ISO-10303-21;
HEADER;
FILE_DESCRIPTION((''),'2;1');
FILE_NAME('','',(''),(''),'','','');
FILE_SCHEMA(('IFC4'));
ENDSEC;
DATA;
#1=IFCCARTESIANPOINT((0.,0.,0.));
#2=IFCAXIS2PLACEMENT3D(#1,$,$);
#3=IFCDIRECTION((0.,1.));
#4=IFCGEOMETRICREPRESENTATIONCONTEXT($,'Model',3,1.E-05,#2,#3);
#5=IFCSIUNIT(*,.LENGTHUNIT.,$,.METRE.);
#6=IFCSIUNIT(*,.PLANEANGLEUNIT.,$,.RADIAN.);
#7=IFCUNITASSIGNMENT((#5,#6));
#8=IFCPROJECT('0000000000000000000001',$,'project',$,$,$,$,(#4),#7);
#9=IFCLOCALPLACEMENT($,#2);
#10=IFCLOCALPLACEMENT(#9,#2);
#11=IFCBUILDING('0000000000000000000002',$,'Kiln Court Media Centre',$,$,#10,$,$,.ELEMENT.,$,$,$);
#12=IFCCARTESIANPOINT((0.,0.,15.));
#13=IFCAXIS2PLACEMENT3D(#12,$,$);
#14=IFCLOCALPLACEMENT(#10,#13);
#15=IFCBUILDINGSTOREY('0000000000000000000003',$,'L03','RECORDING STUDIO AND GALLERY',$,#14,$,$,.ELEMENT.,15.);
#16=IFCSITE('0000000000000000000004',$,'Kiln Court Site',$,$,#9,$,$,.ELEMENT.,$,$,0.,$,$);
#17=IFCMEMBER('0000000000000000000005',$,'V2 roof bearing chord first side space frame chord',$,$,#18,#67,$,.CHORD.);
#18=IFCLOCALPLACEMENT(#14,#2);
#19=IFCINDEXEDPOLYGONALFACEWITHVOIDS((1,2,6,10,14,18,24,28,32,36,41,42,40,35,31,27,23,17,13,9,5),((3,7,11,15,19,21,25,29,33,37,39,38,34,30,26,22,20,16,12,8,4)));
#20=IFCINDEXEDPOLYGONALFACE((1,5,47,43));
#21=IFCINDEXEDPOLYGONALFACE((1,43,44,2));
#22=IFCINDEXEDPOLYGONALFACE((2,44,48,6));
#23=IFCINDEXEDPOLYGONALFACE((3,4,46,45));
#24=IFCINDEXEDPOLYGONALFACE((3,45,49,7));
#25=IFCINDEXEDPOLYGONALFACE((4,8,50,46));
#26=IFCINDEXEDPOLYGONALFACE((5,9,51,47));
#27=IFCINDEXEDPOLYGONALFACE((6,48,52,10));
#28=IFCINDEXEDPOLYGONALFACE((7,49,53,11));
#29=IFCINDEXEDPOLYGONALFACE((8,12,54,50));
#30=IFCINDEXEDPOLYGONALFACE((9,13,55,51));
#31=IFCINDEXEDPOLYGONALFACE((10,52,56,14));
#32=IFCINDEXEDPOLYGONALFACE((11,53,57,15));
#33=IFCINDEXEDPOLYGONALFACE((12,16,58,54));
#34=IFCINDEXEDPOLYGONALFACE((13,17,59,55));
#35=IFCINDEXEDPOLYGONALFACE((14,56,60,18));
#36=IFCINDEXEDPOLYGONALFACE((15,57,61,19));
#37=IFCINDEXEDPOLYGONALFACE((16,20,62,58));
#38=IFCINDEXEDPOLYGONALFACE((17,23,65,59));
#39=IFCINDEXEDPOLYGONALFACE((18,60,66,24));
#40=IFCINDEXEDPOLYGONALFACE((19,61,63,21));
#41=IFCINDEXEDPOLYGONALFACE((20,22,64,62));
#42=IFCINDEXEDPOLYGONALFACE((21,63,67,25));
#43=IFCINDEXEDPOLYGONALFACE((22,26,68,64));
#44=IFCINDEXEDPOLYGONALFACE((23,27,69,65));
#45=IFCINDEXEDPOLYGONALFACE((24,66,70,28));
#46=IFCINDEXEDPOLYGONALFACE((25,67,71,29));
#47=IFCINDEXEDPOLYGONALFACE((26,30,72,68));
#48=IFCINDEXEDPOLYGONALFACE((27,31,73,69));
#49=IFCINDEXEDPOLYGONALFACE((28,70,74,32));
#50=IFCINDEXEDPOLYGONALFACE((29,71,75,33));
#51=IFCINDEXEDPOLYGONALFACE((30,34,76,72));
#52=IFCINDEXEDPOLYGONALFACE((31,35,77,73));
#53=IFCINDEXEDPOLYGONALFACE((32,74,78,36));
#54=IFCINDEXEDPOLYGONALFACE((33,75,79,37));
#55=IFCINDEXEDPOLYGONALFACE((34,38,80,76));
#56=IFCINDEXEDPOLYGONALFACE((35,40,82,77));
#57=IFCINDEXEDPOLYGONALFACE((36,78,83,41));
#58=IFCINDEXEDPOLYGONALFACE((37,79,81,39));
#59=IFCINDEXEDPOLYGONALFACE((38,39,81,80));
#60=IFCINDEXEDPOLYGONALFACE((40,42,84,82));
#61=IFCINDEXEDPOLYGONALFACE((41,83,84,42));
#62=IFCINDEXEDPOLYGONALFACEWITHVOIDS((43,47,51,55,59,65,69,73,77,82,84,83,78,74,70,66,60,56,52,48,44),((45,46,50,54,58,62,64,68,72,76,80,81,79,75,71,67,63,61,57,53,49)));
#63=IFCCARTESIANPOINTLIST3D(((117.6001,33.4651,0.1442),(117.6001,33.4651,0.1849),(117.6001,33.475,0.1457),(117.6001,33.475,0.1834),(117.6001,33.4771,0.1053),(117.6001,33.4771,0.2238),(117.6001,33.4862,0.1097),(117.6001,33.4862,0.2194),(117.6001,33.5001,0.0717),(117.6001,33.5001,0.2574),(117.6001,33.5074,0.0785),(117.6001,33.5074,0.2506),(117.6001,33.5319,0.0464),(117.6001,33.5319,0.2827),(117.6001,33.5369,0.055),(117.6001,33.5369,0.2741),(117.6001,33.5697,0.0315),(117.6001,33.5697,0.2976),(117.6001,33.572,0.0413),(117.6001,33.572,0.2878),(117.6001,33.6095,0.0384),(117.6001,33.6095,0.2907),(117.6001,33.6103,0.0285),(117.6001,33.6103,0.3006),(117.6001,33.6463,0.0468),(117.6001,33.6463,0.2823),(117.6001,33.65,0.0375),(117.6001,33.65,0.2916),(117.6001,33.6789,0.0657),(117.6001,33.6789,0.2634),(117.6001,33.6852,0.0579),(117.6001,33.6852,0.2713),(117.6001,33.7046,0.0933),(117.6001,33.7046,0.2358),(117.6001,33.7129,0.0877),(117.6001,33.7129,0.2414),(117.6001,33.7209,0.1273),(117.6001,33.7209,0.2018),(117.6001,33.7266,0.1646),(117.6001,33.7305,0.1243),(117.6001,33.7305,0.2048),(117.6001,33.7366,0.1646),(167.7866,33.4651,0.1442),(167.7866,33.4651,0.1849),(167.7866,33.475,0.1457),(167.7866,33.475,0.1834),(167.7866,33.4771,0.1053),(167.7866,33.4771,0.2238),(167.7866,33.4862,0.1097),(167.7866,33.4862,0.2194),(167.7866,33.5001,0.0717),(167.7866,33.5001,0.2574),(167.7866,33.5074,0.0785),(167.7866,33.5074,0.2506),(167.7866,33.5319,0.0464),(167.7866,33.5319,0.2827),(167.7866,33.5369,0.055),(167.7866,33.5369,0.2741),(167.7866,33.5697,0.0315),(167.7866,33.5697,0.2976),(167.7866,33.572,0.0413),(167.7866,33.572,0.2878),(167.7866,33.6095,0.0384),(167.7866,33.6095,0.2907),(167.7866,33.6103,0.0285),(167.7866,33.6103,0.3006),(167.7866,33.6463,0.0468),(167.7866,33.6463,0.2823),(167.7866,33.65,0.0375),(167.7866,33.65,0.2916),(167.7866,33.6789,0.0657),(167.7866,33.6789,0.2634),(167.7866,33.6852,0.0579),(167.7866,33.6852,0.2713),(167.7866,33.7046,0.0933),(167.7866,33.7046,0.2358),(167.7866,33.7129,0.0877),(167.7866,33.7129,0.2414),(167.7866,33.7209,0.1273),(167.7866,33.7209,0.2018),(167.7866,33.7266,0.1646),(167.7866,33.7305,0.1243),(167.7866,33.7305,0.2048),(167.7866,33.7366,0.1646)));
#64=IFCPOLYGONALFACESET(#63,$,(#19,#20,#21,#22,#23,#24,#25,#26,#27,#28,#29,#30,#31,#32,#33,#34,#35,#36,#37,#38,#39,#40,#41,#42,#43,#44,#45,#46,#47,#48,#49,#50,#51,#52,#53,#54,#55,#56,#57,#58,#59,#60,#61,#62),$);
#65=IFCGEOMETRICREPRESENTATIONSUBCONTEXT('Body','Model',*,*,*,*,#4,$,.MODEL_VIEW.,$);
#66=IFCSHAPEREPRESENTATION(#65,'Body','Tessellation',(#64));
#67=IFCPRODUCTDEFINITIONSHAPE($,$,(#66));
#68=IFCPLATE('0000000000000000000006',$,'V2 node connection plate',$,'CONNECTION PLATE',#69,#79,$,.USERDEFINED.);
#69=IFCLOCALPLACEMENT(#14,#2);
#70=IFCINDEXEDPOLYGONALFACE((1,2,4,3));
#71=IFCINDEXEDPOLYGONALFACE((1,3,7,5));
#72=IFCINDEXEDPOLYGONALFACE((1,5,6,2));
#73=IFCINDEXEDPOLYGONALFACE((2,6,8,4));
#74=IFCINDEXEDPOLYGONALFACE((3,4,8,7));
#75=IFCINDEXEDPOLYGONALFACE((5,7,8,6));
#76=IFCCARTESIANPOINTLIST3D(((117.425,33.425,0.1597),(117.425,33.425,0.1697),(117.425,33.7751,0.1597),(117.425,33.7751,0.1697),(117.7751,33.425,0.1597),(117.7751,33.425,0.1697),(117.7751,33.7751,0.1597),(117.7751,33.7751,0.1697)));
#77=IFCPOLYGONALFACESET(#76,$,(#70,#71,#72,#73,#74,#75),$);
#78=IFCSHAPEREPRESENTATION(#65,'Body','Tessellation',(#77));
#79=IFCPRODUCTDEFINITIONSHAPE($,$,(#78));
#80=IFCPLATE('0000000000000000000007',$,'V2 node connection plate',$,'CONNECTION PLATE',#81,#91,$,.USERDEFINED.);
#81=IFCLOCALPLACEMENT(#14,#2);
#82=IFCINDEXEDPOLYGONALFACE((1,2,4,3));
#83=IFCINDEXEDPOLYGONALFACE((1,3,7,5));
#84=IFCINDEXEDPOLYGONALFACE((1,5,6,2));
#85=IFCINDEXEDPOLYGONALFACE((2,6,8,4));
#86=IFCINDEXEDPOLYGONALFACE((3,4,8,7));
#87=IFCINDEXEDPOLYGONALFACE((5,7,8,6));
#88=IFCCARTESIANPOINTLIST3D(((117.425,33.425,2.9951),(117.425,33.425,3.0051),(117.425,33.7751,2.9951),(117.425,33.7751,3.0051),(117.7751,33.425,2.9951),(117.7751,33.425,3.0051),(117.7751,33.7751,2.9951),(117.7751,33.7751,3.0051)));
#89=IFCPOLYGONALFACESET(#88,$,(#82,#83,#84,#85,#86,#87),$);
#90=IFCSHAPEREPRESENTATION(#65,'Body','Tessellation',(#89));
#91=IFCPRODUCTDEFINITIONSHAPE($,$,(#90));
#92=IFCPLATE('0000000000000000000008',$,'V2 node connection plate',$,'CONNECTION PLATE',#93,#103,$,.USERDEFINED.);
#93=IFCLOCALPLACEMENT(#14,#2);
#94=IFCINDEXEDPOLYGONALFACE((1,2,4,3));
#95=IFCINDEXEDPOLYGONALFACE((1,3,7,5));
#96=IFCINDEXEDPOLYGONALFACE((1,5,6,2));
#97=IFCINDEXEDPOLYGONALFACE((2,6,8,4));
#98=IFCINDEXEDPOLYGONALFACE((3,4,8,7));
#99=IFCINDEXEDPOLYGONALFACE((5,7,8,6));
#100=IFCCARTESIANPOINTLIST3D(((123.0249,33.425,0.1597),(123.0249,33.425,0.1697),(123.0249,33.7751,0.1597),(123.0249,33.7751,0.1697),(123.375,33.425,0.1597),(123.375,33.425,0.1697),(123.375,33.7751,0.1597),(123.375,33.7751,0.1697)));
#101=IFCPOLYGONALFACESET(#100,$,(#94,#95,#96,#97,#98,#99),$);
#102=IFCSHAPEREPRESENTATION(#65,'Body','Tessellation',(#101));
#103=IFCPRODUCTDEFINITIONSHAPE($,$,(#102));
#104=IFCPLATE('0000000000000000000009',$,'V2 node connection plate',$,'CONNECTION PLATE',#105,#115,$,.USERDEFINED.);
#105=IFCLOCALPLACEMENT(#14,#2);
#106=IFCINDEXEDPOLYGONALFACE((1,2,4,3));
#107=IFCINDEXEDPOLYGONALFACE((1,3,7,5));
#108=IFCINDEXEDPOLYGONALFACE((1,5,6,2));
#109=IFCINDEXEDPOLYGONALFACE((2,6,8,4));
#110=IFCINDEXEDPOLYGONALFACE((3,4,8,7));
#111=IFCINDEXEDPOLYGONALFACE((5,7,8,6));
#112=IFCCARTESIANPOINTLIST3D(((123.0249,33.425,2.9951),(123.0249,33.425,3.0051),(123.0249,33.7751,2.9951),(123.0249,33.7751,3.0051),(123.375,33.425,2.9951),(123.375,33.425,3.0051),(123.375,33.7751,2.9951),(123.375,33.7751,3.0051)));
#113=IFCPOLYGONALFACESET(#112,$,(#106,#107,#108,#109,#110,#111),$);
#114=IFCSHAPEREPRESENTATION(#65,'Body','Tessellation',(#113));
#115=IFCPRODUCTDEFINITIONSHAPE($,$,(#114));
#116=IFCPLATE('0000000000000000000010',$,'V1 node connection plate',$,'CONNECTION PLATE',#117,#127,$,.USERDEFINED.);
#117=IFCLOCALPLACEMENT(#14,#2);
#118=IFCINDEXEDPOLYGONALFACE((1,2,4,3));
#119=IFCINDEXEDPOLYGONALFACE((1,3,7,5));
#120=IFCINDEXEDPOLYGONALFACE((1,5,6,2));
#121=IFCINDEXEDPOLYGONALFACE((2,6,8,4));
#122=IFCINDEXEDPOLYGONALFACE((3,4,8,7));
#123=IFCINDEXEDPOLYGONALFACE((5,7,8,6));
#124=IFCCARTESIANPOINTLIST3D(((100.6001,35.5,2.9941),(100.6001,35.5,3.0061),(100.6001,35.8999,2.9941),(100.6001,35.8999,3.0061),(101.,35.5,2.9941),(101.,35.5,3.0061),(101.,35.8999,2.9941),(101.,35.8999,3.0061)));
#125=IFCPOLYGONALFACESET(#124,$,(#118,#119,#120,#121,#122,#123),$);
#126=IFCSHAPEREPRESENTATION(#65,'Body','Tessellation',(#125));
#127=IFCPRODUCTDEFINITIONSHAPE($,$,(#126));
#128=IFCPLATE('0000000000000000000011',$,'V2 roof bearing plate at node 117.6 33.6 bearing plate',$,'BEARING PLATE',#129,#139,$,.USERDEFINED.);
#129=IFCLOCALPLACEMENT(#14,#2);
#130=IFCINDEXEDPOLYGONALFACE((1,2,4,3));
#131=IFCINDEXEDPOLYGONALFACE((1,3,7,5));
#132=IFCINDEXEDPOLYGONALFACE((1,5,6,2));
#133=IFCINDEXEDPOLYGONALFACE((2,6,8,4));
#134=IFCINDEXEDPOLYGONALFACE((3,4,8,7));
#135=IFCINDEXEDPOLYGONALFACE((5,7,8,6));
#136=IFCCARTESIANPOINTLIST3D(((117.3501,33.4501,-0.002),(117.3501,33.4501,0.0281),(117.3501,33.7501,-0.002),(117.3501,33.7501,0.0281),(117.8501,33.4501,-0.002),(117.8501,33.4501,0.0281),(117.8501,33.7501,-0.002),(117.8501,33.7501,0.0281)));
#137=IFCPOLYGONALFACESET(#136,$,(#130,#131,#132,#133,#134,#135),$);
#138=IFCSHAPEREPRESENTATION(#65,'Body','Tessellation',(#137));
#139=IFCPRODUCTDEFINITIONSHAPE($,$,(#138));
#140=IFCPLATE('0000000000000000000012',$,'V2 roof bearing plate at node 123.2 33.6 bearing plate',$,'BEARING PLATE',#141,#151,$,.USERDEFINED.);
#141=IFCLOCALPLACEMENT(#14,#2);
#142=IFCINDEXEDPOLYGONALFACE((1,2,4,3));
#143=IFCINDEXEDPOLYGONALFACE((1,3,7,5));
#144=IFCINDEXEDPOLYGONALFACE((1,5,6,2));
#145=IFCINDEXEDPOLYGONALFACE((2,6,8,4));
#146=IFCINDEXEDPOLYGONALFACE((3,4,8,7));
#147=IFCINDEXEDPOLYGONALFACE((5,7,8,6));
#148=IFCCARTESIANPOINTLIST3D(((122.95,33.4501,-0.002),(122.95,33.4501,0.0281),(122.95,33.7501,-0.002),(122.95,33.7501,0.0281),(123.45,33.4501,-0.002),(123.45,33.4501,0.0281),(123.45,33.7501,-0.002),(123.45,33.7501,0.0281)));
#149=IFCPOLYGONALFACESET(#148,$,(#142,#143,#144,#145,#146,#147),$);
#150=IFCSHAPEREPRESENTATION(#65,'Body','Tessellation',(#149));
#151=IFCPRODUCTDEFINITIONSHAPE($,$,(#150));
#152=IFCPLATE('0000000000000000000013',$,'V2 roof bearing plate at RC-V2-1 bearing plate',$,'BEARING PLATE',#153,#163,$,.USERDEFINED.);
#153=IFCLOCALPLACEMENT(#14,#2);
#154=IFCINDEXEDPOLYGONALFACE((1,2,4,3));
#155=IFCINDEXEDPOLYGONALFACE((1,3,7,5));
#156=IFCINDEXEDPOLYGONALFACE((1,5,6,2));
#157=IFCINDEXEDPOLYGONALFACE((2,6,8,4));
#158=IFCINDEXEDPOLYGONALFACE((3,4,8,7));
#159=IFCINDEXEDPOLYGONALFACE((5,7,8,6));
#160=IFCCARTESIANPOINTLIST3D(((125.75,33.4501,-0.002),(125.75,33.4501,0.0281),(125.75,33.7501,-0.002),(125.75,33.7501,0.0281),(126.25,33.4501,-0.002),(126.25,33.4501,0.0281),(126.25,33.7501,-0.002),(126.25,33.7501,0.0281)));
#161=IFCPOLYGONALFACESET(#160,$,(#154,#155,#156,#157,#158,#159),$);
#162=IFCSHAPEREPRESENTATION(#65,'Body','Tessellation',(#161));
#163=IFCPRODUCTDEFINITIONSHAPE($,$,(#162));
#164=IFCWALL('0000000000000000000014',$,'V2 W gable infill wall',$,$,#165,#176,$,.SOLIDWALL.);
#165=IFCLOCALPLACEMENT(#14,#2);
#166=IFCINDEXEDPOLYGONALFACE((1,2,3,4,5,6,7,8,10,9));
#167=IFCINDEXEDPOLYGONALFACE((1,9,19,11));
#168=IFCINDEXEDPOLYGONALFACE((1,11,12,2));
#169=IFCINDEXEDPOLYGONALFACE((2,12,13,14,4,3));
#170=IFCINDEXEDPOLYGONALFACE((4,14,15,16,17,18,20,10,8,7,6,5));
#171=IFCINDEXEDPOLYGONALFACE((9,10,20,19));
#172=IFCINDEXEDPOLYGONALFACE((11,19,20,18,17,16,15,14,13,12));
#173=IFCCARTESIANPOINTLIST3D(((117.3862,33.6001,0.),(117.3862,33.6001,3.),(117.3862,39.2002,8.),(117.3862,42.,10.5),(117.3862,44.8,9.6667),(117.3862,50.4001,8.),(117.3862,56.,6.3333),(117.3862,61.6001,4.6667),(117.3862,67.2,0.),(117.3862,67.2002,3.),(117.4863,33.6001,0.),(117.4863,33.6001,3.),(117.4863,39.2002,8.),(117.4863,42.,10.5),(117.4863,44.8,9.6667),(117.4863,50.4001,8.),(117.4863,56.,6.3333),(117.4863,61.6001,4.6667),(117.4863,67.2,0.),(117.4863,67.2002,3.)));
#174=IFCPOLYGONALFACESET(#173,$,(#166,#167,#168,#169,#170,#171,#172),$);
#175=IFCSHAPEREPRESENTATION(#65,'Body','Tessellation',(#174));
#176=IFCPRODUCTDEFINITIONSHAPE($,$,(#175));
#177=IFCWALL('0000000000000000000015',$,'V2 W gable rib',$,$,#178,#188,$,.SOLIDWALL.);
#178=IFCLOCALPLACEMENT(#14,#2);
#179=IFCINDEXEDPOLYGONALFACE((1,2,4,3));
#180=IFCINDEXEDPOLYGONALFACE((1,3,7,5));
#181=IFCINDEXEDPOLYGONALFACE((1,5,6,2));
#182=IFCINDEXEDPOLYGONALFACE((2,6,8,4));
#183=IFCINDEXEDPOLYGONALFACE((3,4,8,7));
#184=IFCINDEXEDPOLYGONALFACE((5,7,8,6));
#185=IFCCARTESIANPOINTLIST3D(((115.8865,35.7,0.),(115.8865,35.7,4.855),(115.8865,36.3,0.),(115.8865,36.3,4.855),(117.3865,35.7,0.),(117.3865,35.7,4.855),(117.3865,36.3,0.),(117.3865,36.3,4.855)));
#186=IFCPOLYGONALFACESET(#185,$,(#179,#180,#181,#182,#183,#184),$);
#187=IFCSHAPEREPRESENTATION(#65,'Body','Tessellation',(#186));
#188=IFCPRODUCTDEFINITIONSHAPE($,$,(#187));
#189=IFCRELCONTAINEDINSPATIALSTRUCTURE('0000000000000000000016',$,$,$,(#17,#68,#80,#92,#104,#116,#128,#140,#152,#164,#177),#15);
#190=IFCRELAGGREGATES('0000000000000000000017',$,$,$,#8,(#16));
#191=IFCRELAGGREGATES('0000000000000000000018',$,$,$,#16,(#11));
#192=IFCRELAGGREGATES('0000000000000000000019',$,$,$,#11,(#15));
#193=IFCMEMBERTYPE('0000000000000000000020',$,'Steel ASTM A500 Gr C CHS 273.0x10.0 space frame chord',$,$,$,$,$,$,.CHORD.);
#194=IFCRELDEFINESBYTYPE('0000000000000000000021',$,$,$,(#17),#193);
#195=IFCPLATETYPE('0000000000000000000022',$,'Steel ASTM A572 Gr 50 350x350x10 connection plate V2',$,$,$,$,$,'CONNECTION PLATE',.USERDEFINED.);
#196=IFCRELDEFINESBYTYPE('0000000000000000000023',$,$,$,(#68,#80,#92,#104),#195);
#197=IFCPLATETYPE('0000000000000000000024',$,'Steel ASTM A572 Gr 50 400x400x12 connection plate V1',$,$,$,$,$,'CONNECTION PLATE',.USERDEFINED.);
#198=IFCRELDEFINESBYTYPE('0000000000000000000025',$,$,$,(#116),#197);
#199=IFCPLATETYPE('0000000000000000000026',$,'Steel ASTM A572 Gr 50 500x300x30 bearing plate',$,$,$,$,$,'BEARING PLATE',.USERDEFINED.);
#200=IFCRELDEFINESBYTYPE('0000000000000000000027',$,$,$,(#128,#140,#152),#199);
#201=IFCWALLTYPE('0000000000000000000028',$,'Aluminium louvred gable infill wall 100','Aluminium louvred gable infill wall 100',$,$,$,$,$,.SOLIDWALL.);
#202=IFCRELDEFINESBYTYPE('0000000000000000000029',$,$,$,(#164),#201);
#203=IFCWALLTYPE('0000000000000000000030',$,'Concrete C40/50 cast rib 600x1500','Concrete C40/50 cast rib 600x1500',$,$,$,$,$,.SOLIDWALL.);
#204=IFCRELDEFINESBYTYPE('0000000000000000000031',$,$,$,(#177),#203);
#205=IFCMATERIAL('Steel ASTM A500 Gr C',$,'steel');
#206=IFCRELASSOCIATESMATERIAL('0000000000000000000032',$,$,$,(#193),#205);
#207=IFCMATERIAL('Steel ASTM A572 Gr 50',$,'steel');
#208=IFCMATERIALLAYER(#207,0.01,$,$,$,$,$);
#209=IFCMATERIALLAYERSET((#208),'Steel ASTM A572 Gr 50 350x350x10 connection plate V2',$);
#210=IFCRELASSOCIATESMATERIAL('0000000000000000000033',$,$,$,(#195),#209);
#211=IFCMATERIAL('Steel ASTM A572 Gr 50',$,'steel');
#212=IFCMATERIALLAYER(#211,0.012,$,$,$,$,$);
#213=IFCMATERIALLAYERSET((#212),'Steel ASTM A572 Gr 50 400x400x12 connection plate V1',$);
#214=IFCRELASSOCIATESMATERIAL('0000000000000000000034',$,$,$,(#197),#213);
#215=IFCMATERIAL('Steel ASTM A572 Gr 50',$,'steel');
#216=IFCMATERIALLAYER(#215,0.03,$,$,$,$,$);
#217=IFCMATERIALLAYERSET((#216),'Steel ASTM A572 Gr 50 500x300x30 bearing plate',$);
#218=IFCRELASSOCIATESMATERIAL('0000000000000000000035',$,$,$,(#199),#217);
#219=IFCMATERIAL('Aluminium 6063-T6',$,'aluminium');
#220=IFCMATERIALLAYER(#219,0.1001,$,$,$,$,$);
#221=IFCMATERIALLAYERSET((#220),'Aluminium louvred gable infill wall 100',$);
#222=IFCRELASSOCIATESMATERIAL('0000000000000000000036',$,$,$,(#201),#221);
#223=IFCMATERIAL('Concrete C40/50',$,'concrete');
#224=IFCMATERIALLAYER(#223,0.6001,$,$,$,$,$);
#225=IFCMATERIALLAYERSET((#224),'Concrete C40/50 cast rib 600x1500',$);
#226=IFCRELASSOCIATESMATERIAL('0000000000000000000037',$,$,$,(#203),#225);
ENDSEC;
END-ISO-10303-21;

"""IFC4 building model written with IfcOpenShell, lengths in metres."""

from ifc_helpers import new_model, si_unit, direction, frame, frame_2d, origin, origin_2d, place, context, subcontext, project, spatial, polyline, rectangle, hollow_circle, outline, extrude, material, layer, layer_set, material_profile, profile_set, type_object, element, save


model = new_model("IFC4")

# Units and contexts
model_context = context("Model", 3, precision=1e-05, world=origin(), true_north=direction((0.0, 1.0)))
body_context = subcontext(model_context, "Body", "Model", "MODEL_VIEW")
ifc_project = project(units=[si_unit("LENGTHUNIT", "METRE"), si_unit("PLANEANGLEUNIT", "RADIAN")], contexts=[model_context])

# Site, building, storey
site_placement = place(None, origin())
site = spatial("IfcSite", under=ifc_project, at=site_placement, Name="Kiln Court Site", CompositionType="ELEMENT", RefElevation=0.0)
building_placement = place(site_placement, origin())
building = spatial("IfcBuilding", under=site, at=building_placement, Name="Kiln Court Media Centre", CompositionType="ELEMENT")
storey_placement = place(building_placement, frame((0.0, 0.0, 15.0)))
storey = spatial("IfcBuildingStorey", under=building, at=storey_placement, Name="L03", Description="RECORDING STUDIO AND GALLERY", CompositionType="ELEMENT", Elevation=15.0)

# Member
ifc_material_1 = material(Name="Steel ASTM A500 Gr C", Category="steel")
ifc_material_profile_1 = material_profile(ifc_material_1, hollow_circle(Radius=0.1365, WallThickness=0.01, at=origin_2d()), Name="CHS 273.0x10.0")
ifc_profile_set_1 = profile_set([ifc_material_profile_1], Name="Steel ASTM A500 Gr C")
member_type_1 = type_object("IfcMemberType", Name="Steel ASTM A500 Gr C CHS 273.0x10.0 space frame chord", PredefinedType="CHORD", material=ifc_profile_set_1)
member_1_placement = place(storey_placement, frame((117.6001, 33.6001, 0.1646), z_axis=(1.0, 0.0, 0.0), x_axis=(0.0, 1.0, 0.0)))
element("IfcMember", 1, at=member_1_placement, inside=storey, type_object=member_type_1, Name="V2 roof bearing chord first side space frame chord", PredefinedType="CHORD", context=body_context, shape_type="SweptSolid", body=[
    extrude(hollow_circle(Radius=0.1365, WallThickness=0.01, at=origin_2d()), origin(), (0.0, 0.0, 1.0), 50.1865),
])

# Plates
ifc_material_2 = material(Name="Steel ASTM A572 Gr 50", Category="steel")
ifc_layer_1 = layer(ifc_material_2, 0.01)
ifc_layer_set_1 = layer_set([ifc_layer_1], Name="Steel ASTM A572 Gr 50 350x350x10 connection plate V2")
plate_type_1 = type_object("IfcPlateType", Name="Steel ASTM A572 Gr 50 350x350x10 connection plate V2", ElementType="CONNECTION PLATE", PredefinedType="USERDEFINED", material=ifc_layer_set_1)
for number, where, z_axis, x_axis, name in (
    (2, (117.6001, 33.6001, 0.1597), (0.0, 0.0, 1.0), (1.0, 0.0, 0.0), "V2 node connection plate"),
    (3, (117.6001, 33.6001, 2.9951), (0.0, 0.0, 1.0), (1.0, 0.0, 0.0), "V2 node connection plate"),
    (4, (123.2, 33.6001, 0.1597), (0.0, 0.0, 1.0), (1.0, 0.0, 0.0), "V2 node connection plate"),
    (5, (123.2, 33.6001, 2.9951), (0.0, 0.0, 1.0), (1.0, 0.0, 0.0), "V2 node connection plate"),
):
    element("IfcPlate", number, at=place(storey_placement, frame(where, z_axis=z_axis, x_axis=x_axis)), inside=storey, type_object=plate_type_1, Name=name, ObjectType="CONNECTION PLATE", PredefinedType="USERDEFINED", context=body_context, shape_type="SweptSolid", body=[
        extrude(rectangle(XDim=0.3501, YDim=0.3501, at=origin_2d()), origin(), (0.0, 0.0, 1.0), 0.01),
    ])
ifc_material_3 = material(Name="Steel ASTM A572 Gr 50", Category="steel")
ifc_layer_2 = layer(ifc_material_3, 0.012)
ifc_layer_set_2 = layer_set([ifc_layer_2], Name="Steel ASTM A572 Gr 50 400x400x12 connection plate V1")
plate_type_2 = type_object("IfcPlateType", Name="Steel ASTM A572 Gr 50 400x400x12 connection plate V1", ElementType="CONNECTION PLATE", PredefinedType="USERDEFINED", material=ifc_layer_set_2)
plate_placement = place(storey_placement, frame((100.8, 35.7, 2.9941), z_axis=(0.0, 0.0, 1.0), x_axis=(1.0, 0.0, 0.0)))
element("IfcPlate", 6, at=plate_placement, inside=storey, type_object=plate_type_2, Name="V1 node connection plate", ObjectType="CONNECTION PLATE", PredefinedType="USERDEFINED", context=body_context, shape_type="SweptSolid", body=[
    extrude(rectangle(XDim=0.3999, YDim=0.3999, at=origin_2d()), origin(), (0.0, 0.0, 1.0), 0.012),
])
ifc_material_4 = material(Name="Steel ASTM A572 Gr 50", Category="steel")
ifc_layer_3 = layer(ifc_material_4, 0.03)
ifc_layer_set_3 = layer_set([ifc_layer_3], Name="Steel ASTM A572 Gr 50 500x300x30 bearing plate")
plate_type_3 = type_object("IfcPlateType", Name="Steel ASTM A572 Gr 50 500x300x30 bearing plate", ElementType="BEARING PLATE", PredefinedType="USERDEFINED", material=ifc_layer_set_3)
for number, where, z_axis, x_axis, name in (
    (7, (117.6001, 33.6001, -0.002), (0.0, 0.0, 1.0), (1.0, 0.0, 0.0), "V2 roof bearing plate at node 117.6 33.6 bearing plate"),
    (8, (123.2, 33.6001, -0.002), (0.0, 0.0, 1.0), (1.0, 0.0, 0.0), "V2 roof bearing plate at node 123.2 33.6 bearing plate"),
    (9, (126.0, 33.6001, -0.002), (0.0, 0.0, 1.0), (1.0, 0.0, 0.0), "V2 roof bearing plate at RC-V2-1 bearing plate"),
):
    element("IfcPlate", number, at=place(storey_placement, frame(where, z_axis=z_axis, x_axis=x_axis)), inside=storey, type_object=plate_type_3, Name=name, ObjectType="BEARING PLATE", PredefinedType="USERDEFINED", context=body_context, shape_type="SweptSolid", body=[
        extrude(rectangle(XDim=0.5, YDim=0.3, at=origin_2d()), origin(), (0.0, 0.0, 1.0), 0.03),
    ])

# Walls
ifc_material_5 = material(Name="Aluminium 6063-T6", Category="aluminium")
ifc_layer_4 = layer(ifc_material_5, 0.1001)
ifc_layer_set_4 = layer_set([ifc_layer_4], Name="Aluminium louvred gable infill wall 100")
wall_type_1 = type_object("IfcWallType", Name="Aluminium louvred gable infill wall 100", Description="Aluminium louvred gable infill wall 100", PredefinedType="SOLIDWALL", material=ifc_layer_set_4)
wall_1_placement = place(storey_placement, frame((117.4363, 33.6001, 0.0), z_axis=(0.0, 0.0, 1.0), x_axis=(0.0, 1.0, 0.0)))
element("IfcWall", 10, at=wall_1_placement, inside=storey, type_object=wall_type_1, Name="V2 W gable infill wall", PredefinedType="SOLIDWALL", context=body_context, shape_type="SweptSolid", body=[
    extrude(outline(polyline([(0.0, 0.0), (33.5999, 0.0), (33.6001, 3.0), (28.0, 4.6667), (22.3999, 6.3333), (16.8, 8.0), (11.2, 9.6667), (8.3999, 10.5), (5.6001, 8.0), (0.0, 3.0), (0.0, 0.0)])), frame((0.0, 0.05, 0.0), z_axis=(0.0, -1.0, 0.0), x_axis=(1.0, 0.0, 0.0)), (0.0, 0.0, 1.0), 0.1001),
])
ifc_material_6 = material(Name="Concrete C40/50", Category="concrete")
ifc_layer_5 = layer(ifc_material_6, 0.6001)
ifc_layer_set_5 = layer_set([ifc_layer_5], Name="Concrete C40/50 cast rib 600x1500")
wall_type_2 = type_object("IfcWallType", Name="Concrete C40/50 cast rib 600x1500", Description="Concrete C40/50 cast rib 600x1500", PredefinedType="SOLIDWALL", material=ifc_layer_set_5)
wall_2_placement = place(storey_placement, frame((117.3865, 36.0, 0.0), z_axis=(0.0, 0.0, 1.0), x_axis=(-1.0, 0.0, 0.0)))
element("IfcWall", 11, at=wall_2_placement, inside=storey, type_object=wall_type_2, Name="V2 W gable rib", PredefinedType="SOLIDWALL", context=body_context, shape_type="SweptSolid", body=[
    extrude(rectangle(XDim=1.5, YDim=0.6001, at=frame_2d((0.75, 0.0))), origin(), (0.0, 0.0, 1.0), 4.855),
])

save(model, "model.ifc")
